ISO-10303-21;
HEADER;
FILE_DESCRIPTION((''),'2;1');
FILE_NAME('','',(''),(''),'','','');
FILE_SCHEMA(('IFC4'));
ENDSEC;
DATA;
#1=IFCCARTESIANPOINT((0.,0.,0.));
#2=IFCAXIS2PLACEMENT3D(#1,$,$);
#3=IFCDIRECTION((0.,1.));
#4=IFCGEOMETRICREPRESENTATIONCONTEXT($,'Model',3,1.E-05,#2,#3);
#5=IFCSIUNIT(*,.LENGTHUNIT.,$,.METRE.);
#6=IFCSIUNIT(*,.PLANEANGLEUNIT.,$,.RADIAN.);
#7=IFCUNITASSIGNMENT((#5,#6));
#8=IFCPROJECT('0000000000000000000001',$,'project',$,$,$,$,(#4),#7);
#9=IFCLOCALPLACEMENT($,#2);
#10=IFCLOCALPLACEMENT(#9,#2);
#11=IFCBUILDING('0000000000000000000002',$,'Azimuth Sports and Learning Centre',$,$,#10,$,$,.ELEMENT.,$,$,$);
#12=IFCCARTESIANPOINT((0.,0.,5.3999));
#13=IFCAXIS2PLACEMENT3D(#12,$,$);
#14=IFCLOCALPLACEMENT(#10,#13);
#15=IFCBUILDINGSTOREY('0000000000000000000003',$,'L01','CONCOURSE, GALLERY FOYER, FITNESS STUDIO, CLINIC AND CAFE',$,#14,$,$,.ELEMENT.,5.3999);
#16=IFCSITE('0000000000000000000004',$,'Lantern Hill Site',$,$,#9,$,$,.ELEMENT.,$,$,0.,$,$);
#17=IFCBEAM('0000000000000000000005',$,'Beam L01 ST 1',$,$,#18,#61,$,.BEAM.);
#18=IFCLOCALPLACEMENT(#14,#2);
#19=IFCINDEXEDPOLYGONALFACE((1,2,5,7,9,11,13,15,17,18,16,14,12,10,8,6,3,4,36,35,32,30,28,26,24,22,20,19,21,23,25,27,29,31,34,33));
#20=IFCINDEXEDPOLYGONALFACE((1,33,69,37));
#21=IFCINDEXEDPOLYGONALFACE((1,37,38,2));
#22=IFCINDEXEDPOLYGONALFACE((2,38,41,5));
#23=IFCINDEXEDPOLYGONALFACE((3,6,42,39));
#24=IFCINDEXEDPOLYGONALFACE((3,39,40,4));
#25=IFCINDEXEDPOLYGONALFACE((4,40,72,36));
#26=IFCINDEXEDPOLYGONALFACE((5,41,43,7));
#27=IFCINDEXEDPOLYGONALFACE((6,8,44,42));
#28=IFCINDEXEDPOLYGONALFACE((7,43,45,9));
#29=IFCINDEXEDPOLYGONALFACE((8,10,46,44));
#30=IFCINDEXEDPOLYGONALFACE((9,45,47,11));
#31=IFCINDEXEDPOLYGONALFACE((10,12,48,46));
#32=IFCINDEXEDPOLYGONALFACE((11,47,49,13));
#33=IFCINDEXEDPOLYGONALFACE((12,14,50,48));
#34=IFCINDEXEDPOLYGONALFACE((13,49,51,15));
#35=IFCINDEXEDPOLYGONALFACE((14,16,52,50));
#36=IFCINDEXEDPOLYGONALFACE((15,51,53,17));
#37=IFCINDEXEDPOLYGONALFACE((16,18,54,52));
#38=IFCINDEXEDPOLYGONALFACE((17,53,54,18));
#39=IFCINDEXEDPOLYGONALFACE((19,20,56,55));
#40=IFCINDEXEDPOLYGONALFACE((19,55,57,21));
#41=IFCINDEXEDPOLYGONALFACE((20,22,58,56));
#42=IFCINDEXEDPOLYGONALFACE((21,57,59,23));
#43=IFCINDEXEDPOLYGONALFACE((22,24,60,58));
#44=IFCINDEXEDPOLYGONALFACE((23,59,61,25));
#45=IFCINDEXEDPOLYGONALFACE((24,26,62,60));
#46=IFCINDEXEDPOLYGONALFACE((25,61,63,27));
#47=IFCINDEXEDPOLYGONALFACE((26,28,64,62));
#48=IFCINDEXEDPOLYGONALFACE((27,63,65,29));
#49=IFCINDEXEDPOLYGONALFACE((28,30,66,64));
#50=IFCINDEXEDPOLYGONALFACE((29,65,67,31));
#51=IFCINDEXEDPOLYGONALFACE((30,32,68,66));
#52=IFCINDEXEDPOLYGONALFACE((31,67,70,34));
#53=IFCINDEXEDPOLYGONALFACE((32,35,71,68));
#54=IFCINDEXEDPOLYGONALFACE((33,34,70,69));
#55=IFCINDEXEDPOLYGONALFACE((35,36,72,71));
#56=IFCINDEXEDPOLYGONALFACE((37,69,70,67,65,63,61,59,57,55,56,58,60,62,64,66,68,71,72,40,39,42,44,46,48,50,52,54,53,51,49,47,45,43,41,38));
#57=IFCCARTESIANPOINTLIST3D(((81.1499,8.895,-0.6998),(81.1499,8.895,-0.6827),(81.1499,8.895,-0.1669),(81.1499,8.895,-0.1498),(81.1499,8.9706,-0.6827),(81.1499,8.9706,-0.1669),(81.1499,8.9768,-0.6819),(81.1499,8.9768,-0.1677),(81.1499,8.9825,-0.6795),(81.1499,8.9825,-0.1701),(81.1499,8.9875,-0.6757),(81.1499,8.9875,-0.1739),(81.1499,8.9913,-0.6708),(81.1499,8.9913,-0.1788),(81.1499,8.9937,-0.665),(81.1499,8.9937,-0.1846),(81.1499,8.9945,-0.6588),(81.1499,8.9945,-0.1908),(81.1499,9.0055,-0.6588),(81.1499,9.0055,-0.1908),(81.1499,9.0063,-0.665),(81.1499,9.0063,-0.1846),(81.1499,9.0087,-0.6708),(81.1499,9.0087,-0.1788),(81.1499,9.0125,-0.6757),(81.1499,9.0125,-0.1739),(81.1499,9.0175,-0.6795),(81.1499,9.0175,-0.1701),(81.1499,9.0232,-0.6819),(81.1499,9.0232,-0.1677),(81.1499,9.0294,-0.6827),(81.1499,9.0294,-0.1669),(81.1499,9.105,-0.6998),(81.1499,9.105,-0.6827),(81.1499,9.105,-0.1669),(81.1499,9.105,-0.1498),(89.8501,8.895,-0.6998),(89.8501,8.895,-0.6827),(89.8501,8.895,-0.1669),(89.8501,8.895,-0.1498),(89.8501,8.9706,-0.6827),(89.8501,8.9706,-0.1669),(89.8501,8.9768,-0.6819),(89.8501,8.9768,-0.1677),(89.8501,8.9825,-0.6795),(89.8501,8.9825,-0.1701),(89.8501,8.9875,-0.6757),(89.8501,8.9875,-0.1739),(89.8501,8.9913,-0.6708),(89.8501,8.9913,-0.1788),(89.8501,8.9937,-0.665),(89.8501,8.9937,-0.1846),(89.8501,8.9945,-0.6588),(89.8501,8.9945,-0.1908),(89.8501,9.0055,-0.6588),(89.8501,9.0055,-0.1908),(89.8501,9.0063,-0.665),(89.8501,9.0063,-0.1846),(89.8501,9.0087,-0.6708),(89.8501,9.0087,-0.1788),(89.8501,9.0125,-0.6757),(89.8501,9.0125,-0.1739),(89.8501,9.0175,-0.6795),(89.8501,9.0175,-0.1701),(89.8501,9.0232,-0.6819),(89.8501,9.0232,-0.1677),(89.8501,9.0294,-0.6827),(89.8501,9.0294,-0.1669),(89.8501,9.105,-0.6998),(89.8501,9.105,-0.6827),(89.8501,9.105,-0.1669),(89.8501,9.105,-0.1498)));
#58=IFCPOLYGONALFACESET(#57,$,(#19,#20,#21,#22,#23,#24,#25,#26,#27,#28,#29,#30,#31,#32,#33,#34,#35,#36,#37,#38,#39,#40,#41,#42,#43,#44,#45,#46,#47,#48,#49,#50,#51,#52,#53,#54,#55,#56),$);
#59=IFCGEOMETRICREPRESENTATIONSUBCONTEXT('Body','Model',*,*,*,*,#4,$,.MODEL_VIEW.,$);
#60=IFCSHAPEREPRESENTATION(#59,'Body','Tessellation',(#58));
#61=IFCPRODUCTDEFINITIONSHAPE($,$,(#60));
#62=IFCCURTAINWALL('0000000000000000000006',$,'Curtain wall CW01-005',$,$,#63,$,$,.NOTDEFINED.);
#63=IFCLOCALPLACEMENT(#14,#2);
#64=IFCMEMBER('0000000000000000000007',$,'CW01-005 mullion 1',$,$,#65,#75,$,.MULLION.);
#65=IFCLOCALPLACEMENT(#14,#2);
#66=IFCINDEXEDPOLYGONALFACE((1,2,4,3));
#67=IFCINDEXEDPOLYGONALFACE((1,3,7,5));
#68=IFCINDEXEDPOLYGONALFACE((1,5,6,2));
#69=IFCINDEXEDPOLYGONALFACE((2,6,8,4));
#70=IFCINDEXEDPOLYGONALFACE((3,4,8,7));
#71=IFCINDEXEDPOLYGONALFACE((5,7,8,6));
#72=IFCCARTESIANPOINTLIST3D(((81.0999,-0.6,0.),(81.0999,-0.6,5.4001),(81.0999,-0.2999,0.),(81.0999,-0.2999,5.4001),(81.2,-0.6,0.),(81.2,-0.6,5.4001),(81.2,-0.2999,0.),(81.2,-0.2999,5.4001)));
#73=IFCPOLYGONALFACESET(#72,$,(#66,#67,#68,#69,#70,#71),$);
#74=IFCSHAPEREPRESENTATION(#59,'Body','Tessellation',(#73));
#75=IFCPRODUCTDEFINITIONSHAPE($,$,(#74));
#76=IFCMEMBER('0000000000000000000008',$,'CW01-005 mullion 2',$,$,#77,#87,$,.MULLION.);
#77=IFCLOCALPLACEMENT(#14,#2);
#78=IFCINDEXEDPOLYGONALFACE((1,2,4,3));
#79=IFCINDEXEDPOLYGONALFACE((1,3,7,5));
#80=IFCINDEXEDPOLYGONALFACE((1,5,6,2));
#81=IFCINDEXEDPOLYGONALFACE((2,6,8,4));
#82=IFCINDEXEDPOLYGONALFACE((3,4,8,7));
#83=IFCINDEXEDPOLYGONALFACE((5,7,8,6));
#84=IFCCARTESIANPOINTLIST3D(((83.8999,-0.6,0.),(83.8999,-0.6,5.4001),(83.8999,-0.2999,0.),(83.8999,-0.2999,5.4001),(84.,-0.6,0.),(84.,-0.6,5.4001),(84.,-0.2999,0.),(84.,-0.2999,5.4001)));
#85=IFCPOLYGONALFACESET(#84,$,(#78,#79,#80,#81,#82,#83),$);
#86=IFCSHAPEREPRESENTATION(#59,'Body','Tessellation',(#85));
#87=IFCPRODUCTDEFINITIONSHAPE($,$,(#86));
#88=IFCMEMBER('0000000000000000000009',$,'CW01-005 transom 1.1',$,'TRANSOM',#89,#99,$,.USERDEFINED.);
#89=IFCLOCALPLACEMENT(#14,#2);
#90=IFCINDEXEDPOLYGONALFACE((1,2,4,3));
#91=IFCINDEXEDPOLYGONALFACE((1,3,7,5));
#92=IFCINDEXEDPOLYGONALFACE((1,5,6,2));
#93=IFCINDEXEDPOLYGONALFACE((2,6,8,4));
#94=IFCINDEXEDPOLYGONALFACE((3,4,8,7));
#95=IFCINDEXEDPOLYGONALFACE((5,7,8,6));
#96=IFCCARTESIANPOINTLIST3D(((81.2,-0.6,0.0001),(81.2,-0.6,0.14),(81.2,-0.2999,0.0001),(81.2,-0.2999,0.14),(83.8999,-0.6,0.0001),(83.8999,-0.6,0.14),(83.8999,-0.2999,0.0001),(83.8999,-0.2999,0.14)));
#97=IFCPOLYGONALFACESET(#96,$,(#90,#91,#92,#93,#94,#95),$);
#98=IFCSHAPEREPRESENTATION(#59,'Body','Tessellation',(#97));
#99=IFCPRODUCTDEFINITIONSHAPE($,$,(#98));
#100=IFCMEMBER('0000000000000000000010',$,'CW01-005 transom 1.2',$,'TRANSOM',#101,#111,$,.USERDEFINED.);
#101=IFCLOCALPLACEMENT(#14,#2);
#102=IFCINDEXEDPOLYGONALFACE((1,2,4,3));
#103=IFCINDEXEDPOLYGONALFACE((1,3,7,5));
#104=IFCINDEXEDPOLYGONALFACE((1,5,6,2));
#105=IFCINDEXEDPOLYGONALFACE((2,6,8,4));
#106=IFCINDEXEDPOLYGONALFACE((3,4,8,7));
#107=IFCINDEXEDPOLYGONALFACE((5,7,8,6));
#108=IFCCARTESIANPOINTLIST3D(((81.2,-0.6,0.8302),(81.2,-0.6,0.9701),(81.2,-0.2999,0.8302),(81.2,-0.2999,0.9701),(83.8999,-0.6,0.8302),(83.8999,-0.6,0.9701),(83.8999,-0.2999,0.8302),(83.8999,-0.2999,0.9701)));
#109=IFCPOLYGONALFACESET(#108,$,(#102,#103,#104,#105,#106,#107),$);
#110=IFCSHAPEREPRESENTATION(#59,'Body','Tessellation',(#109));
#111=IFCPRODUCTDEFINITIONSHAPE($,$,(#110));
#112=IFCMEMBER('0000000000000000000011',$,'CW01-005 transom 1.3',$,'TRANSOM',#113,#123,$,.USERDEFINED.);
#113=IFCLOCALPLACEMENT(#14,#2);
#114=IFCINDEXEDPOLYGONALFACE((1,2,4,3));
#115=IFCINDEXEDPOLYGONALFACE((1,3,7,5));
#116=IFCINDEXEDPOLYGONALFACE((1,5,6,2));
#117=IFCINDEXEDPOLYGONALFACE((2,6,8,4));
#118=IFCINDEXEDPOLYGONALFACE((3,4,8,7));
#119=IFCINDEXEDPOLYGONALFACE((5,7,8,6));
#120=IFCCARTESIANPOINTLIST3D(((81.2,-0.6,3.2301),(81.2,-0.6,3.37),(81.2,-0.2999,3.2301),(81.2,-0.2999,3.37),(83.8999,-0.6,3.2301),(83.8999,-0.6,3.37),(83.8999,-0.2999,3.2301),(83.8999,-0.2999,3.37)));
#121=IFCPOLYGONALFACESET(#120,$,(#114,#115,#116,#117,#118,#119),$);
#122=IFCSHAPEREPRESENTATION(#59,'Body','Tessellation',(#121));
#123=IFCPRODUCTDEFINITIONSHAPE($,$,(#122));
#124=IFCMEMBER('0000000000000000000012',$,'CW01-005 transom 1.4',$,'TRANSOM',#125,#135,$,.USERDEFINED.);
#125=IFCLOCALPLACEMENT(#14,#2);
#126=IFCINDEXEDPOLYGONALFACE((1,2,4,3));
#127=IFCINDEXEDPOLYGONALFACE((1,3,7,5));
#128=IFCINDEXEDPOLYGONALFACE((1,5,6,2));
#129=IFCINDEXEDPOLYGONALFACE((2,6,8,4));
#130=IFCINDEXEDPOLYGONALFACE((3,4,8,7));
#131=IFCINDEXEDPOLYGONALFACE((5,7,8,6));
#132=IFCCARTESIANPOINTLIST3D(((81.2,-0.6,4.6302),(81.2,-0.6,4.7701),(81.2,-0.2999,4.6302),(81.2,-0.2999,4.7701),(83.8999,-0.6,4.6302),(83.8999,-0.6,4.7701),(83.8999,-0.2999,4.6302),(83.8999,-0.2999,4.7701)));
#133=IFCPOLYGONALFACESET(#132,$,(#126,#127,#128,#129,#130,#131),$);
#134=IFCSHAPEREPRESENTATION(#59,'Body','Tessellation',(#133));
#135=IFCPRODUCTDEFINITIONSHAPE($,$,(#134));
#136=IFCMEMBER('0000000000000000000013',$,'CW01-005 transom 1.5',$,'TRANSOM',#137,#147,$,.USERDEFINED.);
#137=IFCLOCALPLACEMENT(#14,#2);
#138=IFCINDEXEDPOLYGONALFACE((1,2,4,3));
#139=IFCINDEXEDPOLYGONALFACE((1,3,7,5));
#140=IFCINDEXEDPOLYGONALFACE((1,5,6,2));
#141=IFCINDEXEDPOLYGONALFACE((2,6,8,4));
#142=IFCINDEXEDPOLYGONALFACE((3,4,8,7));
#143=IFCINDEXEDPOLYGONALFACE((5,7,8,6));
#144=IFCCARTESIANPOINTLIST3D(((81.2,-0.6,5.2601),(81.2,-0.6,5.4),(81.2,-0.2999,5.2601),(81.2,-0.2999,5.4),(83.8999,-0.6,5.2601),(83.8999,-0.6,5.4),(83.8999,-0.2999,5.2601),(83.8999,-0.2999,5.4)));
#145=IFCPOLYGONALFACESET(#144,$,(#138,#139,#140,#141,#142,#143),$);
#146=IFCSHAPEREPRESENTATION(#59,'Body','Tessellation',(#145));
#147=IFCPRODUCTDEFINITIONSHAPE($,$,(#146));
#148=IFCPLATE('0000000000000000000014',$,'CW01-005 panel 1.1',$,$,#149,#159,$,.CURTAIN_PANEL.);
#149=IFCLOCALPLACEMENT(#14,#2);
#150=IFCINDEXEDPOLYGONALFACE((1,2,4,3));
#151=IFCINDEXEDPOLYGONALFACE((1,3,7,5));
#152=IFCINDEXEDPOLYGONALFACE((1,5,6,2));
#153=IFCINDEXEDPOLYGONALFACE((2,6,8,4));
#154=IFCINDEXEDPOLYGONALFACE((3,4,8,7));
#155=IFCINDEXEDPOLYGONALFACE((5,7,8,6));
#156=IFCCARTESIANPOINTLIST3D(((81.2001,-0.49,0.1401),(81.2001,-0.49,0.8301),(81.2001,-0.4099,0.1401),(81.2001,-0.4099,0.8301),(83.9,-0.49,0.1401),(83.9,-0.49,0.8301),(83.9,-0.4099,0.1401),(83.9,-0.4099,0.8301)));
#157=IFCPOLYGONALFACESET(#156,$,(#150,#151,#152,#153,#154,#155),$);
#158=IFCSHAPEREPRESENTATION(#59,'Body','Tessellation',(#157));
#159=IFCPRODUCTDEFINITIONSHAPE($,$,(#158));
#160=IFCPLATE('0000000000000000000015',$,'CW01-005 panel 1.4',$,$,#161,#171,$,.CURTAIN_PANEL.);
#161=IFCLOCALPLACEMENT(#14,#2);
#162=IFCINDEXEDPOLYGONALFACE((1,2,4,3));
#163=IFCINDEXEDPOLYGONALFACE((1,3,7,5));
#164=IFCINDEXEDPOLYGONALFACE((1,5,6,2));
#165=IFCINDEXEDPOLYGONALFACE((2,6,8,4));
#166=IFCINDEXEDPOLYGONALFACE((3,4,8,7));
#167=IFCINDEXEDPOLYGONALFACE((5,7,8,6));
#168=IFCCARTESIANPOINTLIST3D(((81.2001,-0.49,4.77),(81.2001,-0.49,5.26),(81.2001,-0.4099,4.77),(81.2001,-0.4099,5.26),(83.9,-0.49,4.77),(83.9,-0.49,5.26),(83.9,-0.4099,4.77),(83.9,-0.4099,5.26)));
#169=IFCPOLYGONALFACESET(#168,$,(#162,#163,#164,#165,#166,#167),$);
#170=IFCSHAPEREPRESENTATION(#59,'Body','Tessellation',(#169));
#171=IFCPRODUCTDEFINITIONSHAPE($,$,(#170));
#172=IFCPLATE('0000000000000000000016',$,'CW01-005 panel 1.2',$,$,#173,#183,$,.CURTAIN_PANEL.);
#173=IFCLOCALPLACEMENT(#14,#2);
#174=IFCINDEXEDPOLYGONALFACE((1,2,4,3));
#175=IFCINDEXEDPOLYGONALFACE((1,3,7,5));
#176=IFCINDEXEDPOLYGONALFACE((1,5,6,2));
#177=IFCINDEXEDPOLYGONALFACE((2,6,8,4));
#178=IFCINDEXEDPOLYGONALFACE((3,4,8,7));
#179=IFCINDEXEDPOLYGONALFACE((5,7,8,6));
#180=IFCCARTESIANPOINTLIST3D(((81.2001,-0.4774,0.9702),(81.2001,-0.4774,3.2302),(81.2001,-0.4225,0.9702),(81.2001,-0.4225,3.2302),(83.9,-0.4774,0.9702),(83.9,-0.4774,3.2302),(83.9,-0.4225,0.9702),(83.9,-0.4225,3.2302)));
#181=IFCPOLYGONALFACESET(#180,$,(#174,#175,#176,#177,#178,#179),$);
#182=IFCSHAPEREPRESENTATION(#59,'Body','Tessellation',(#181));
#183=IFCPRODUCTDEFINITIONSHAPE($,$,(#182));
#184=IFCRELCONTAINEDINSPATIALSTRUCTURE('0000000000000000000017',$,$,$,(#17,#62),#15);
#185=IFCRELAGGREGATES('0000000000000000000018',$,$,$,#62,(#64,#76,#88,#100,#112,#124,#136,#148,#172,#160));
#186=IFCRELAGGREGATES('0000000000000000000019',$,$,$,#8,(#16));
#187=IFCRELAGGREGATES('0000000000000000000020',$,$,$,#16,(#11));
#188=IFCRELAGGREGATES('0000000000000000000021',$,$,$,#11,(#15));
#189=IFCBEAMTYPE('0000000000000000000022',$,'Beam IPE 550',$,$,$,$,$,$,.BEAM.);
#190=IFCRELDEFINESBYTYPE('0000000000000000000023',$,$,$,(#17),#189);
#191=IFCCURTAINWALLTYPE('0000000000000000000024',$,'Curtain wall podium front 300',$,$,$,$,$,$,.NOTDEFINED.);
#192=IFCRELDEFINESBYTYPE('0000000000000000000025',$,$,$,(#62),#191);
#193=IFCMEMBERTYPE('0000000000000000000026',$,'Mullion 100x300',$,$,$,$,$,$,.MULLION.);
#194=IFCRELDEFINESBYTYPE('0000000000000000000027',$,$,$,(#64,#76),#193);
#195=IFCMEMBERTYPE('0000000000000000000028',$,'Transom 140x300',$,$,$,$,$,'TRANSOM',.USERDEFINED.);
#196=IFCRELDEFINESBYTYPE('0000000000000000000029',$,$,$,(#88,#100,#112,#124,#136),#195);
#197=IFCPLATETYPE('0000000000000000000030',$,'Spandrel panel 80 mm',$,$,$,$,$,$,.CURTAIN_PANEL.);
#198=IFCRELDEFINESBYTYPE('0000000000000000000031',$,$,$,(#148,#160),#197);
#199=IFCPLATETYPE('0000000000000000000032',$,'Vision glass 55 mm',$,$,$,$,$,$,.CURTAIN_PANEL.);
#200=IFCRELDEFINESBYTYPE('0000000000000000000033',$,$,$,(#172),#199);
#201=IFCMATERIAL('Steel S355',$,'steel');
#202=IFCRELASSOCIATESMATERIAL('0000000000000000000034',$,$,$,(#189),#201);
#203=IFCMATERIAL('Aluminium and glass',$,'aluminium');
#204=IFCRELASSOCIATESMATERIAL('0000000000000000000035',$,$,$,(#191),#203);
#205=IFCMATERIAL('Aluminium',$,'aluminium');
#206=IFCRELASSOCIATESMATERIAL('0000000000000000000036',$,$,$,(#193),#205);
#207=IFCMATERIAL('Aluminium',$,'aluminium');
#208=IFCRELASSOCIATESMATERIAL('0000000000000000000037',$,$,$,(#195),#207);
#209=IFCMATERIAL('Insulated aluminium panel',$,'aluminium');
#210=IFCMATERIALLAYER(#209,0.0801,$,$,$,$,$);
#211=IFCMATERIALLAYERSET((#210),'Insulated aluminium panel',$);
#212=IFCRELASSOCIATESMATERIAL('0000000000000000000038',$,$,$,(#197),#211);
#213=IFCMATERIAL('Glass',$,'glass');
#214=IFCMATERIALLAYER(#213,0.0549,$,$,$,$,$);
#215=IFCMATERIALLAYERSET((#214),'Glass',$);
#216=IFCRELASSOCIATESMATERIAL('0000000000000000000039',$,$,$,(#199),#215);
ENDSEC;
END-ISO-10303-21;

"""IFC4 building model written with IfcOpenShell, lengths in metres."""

from ifc_helpers import new_model, si_unit, direction, frame, origin, origin_2d, place, context, subcontext, project, spatial, rectangle, i_section, extrude, material, layer, layer_set, material_profile, profile_set, type_object, element, aggregate, save


model = new_model("IFC4")

# Units and contexts
model_context = context("Model", 3, precision=1e-05, world=origin(), true_north=direction((0.0, 1.0)))
body_context = subcontext(model_context, "Body", "Model", "MODEL_VIEW")
ifc_project = project(units=[si_unit("LENGTHUNIT", "METRE"), si_unit("PLANEANGLEUNIT", "RADIAN")], contexts=[model_context])

# Site, building, storey
site_placement = place(None, origin())
site = spatial("IfcSite", under=ifc_project, at=site_placement, Name="Lantern Hill Site", CompositionType="ELEMENT", RefElevation=0.0)
building_placement = place(site_placement, origin())
building = spatial("IfcBuilding", under=site, at=building_placement, Name="Azimuth Sports and Learning Centre", CompositionType="ELEMENT")
storey_placement = place(building_placement, frame((0.0, 0.0, 5.3999)))
storey = spatial("IfcBuildingStorey", under=building, at=storey_placement, Name="L01", Description="CONCOURSE, GALLERY FOYER, FITNESS STUDIO, CLINIC AND CAFE", CompositionType="ELEMENT", Elevation=5.3999)

# Beam
ifc_material_1 = material(Name="Steel S355", Category="steel")
ifc_material_profile_1 = material_profile(ifc_material_1, i_section(OverallWidth=0.21, OverallDepth=0.55, WebThickness=0.011, FlangeThickness=0.0171, FilletRadius=0.0239, at=origin_2d()), Name="IPE 550")
ifc_profile_set_1 = profile_set([ifc_material_profile_1], Name="Steel S355")
beam_type = type_object("IfcBeamType", Name="Beam IPE 550", PredefinedType="BEAM", material=ifc_profile_set_1)
beam_placement = place(storey_placement, frame((81.1499, 9.0, -0.4248), z_axis=(1.0, 0.0, 0.0), x_axis=(0.0, 1.0, 0.0)))
element("IfcBeam", 1, at=beam_placement, inside=storey, type_object=beam_type, Name="Beam L01 ST 1", PredefinedType="BEAM", context=body_context, shape_type="SweptSolid", body=[
    extrude(i_section(OverallWidth=0.21, OverallDepth=0.55, WebThickness=0.011, FlangeThickness=0.0171, FilletRadius=0.0239, at=origin_2d()), origin(), (0.0, 0.0, 1.0), 8.7002),
])

# Curtain wall, members, plates
ifc_material_2 = material(Name="Aluminium and glass", Category="aluminium")
curtain_wall_type = type_object("IfcCurtainWallType", Name="Curtain wall podium front 300", PredefinedType="NOTDEFINED", material=ifc_material_2)
curtain_wall_placement = place(storey_placement, origin())
curtain_wall = element("IfcCurtainWall", 2, at=curtain_wall_placement, inside=storey, type_object=curtain_wall_type, Name="Curtain wall CW01-005", PredefinedType="NOTDEFINED")
ifc_material_3 = material(Name="Aluminium", Category="aluminium")
ifc_material_profile_2 = material_profile(ifc_material_3, rectangle(XDim=0.3, YDim=0.1001, at=origin_2d()), Name="Mullion 100x300")
ifc_profile_set_2 = profile_set([ifc_material_profile_2], Name="Aluminium")
member_type_1 = type_object("IfcMemberType", Name="Mullion 100x300", PredefinedType="MULLION", material=ifc_profile_set_2)
member_1_placement = place(storey_placement, frame((81.1499, -0.45, 0.0), z_axis=(0.0, 0.0, 1.0), x_axis=(0.0, 1.0, 0.0)))
member_1 = element("IfcMember", 3, at=member_1_placement, type_object=member_type_1, Name="CW01-005 mullion 1", PredefinedType="MULLION", context=body_context, shape_type="SweptSolid", body=[
    extrude(rectangle(XDim=0.3, YDim=0.1001, at=origin_2d()), origin(), (0.0, 0.0, 1.0), 5.4001),
])
member_2_placement = place(storey_placement, frame((83.95, -0.45, 0.0), z_axis=(0.0, 0.0, 1.0), x_axis=(0.0, 1.0, 0.0)))
member_2 = element("IfcMember", 4, at=member_2_placement, type_object=member_type_1, Name="CW01-005 mullion 2", PredefinedType="MULLION", context=body_context, shape_type="SweptSolid", body=[
    extrude(rectangle(XDim=0.3, YDim=0.1001, at=origin_2d()), origin(), (0.0, 0.0, 1.0), 5.4001),
])
ifc_material_4 = material(Name="Aluminium", Category="aluminium")
ifc_material_profile_3 = material_profile(ifc_material_4, rectangle(XDim=0.3, YDim=0.1399, at=origin_2d()), Name="Transom 140x300")
ifc_profile_set_3 = profile_set([ifc_material_profile_3], Name="Aluminium")
member_type_2 = type_object("IfcMemberType", Name="Transom 140x300", ElementType="TRANSOM", PredefinedType="USERDEFINED", material=ifc_profile_set_3)
member_3_placement = place(storey_placement, frame((81.2, -0.45, 0.0701), z_axis=(1.0, 0.0, 0.0), x_axis=(0.0, 1.0, 0.0)))
member_3 = element("IfcMember", 5, at=member_3_placement, type_object=member_type_2, Name="CW01-005 transom 1.1", ObjectType="TRANSOM", PredefinedType="USERDEFINED", context=body_context, shape_type="SweptSolid", body=[
    extrude(rectangle(XDim=0.3, YDim=0.1399, at=origin_2d()), origin(), (0.0, 0.0, 1.0), 2.7),
])
member_4_placement = place(storey_placement, frame((81.2, -0.45, 0.9001), z_axis=(1.0, 0.0, 0.0), x_axis=(0.0, 1.0, 0.0)))
member_4 = element("IfcMember", 6, at=member_4_placement, type_object=member_type_2, Name="CW01-005 transom 1.2", ObjectType="TRANSOM", PredefinedType="USERDEFINED", context=body_context, shape_type="SweptSolid", body=[
    extrude(rectangle(XDim=0.3, YDim=0.1399, at=origin_2d()), origin(), (0.0, 0.0, 1.0), 2.7),
])
member_5_placement = place(storey_placement, frame((81.2, -0.45, 3.3), z_axis=(1.0, 0.0, 0.0), x_axis=(0.0, 1.0, 0.0)))
member_5 = element("IfcMember", 7, at=member_5_placement, type_object=member_type_2, Name="CW01-005 transom 1.3", ObjectType="TRANSOM", PredefinedType="USERDEFINED", context=body_context, shape_type="SweptSolid", body=[
    extrude(rectangle(XDim=0.3, YDim=0.1399, at=origin_2d()), origin(), (0.0, 0.0, 1.0), 2.7),
])
member_6_placement = place(storey_placement, frame((81.2, -0.45, 4.7002), z_axis=(1.0, 0.0, 0.0), x_axis=(0.0, 1.0, 0.0)))
member_6 = element("IfcMember", 8, at=member_6_placement, type_object=member_type_2, Name="CW01-005 transom 1.4", ObjectType="TRANSOM", PredefinedType="USERDEFINED", context=body_context, shape_type="SweptSolid", body=[
    extrude(rectangle(XDim=0.3, YDim=0.1399, at=origin_2d()), origin(), (0.0, 0.0, 1.0), 2.7),
])
member_7_placement = place(storey_placement, frame((81.2, -0.45, 5.3301), z_axis=(1.0, 0.0, 0.0), x_axis=(0.0, 1.0, 0.0)))
member_7 = element("IfcMember", 9, at=member_7_placement, type_object=member_type_2, Name="CW01-005 transom 1.5", ObjectType="TRANSOM", PredefinedType="USERDEFINED", context=body_context, shape_type="SweptSolid", body=[
    extrude(rectangle(XDim=0.3, YDim=0.1399, at=origin_2d()), origin(), (0.0, 0.0, 1.0), 2.7),
])
ifc_material_5 = material(Name="Insulated aluminium panel", Category="aluminium")
ifc_layer_1 = layer(ifc_material_5, 0.0801)
ifc_layer_set_1 = layer_set([ifc_layer_1], Name="Insulated aluminium panel")
plate_type_1 = type_object("IfcPlateType", Name="Spandrel panel 80 mm", PredefinedType="CURTAIN_PANEL", material=ifc_layer_set_1)
plate_1_placement = place(storey_placement, frame((82.55, -0.45, 0.1401), z_axis=(0.0, 0.0, 1.0), x_axis=(1.0, 0.0, 0.0)))
plate_1 = element("IfcPlate", 10, at=plate_1_placement, type_object=plate_type_1, Name="CW01-005 panel 1.1", PredefinedType="CURTAIN_PANEL", context=body_context, shape_type="SweptSolid", body=[
    extrude(rectangle(XDim=2.7, YDim=0.0801, at=origin_2d()), origin(), (0.0, 0.0, 1.0), 0.6899),
])
plate_2_placement = place(storey_placement, frame((82.55, -0.45, 4.77), z_axis=(0.0, 0.0, 1.0), x_axis=(1.0, 0.0, 0.0)))
plate_2 = element("IfcPlate", 11, at=plate_2_placement, type_object=plate_type_1, Name="CW01-005 panel 1.4", PredefinedType="CURTAIN_PANEL", context=body_context, shape_type="SweptSolid", body=[
    extrude(rectangle(XDim=2.7, YDim=0.0801, at=origin_2d()), origin(), (0.0, 0.0, 1.0), 0.49),
])
ifc_material_6 = material(Name="Glass", Category="glass")
ifc_layer_2 = layer(ifc_material_6, 0.0549)
ifc_layer_set_2 = layer_set([ifc_layer_2], Name="Glass")
plate_type_2 = type_object("IfcPlateType", Name="Vision glass 55 mm", PredefinedType="CURTAIN_PANEL", material=ifc_layer_set_2)
plate_3_placement = place(storey_placement, frame((82.55, -0.45, 0.9702), z_axis=(0.0, 0.0, 1.0), x_axis=(1.0, 0.0, 0.0)))
plate_3 = element("IfcPlate", 12, at=plate_3_placement, type_object=plate_type_2, Name="CW01-005 panel 1.2", PredefinedType="CURTAIN_PANEL", context=body_context, shape_type="SweptSolid", body=[
    extrude(rectangle(XDim=2.7, YDim=0.0549, at=origin_2d()), origin(), (0.0, 0.0, 1.0), 2.26),
])
aggregate(curtain_wall, [member_1, member_2, member_3, member_4, member_5, member_6, member_7, plate_1, plate_3, plate_2])

save(model, "model.ifc")
